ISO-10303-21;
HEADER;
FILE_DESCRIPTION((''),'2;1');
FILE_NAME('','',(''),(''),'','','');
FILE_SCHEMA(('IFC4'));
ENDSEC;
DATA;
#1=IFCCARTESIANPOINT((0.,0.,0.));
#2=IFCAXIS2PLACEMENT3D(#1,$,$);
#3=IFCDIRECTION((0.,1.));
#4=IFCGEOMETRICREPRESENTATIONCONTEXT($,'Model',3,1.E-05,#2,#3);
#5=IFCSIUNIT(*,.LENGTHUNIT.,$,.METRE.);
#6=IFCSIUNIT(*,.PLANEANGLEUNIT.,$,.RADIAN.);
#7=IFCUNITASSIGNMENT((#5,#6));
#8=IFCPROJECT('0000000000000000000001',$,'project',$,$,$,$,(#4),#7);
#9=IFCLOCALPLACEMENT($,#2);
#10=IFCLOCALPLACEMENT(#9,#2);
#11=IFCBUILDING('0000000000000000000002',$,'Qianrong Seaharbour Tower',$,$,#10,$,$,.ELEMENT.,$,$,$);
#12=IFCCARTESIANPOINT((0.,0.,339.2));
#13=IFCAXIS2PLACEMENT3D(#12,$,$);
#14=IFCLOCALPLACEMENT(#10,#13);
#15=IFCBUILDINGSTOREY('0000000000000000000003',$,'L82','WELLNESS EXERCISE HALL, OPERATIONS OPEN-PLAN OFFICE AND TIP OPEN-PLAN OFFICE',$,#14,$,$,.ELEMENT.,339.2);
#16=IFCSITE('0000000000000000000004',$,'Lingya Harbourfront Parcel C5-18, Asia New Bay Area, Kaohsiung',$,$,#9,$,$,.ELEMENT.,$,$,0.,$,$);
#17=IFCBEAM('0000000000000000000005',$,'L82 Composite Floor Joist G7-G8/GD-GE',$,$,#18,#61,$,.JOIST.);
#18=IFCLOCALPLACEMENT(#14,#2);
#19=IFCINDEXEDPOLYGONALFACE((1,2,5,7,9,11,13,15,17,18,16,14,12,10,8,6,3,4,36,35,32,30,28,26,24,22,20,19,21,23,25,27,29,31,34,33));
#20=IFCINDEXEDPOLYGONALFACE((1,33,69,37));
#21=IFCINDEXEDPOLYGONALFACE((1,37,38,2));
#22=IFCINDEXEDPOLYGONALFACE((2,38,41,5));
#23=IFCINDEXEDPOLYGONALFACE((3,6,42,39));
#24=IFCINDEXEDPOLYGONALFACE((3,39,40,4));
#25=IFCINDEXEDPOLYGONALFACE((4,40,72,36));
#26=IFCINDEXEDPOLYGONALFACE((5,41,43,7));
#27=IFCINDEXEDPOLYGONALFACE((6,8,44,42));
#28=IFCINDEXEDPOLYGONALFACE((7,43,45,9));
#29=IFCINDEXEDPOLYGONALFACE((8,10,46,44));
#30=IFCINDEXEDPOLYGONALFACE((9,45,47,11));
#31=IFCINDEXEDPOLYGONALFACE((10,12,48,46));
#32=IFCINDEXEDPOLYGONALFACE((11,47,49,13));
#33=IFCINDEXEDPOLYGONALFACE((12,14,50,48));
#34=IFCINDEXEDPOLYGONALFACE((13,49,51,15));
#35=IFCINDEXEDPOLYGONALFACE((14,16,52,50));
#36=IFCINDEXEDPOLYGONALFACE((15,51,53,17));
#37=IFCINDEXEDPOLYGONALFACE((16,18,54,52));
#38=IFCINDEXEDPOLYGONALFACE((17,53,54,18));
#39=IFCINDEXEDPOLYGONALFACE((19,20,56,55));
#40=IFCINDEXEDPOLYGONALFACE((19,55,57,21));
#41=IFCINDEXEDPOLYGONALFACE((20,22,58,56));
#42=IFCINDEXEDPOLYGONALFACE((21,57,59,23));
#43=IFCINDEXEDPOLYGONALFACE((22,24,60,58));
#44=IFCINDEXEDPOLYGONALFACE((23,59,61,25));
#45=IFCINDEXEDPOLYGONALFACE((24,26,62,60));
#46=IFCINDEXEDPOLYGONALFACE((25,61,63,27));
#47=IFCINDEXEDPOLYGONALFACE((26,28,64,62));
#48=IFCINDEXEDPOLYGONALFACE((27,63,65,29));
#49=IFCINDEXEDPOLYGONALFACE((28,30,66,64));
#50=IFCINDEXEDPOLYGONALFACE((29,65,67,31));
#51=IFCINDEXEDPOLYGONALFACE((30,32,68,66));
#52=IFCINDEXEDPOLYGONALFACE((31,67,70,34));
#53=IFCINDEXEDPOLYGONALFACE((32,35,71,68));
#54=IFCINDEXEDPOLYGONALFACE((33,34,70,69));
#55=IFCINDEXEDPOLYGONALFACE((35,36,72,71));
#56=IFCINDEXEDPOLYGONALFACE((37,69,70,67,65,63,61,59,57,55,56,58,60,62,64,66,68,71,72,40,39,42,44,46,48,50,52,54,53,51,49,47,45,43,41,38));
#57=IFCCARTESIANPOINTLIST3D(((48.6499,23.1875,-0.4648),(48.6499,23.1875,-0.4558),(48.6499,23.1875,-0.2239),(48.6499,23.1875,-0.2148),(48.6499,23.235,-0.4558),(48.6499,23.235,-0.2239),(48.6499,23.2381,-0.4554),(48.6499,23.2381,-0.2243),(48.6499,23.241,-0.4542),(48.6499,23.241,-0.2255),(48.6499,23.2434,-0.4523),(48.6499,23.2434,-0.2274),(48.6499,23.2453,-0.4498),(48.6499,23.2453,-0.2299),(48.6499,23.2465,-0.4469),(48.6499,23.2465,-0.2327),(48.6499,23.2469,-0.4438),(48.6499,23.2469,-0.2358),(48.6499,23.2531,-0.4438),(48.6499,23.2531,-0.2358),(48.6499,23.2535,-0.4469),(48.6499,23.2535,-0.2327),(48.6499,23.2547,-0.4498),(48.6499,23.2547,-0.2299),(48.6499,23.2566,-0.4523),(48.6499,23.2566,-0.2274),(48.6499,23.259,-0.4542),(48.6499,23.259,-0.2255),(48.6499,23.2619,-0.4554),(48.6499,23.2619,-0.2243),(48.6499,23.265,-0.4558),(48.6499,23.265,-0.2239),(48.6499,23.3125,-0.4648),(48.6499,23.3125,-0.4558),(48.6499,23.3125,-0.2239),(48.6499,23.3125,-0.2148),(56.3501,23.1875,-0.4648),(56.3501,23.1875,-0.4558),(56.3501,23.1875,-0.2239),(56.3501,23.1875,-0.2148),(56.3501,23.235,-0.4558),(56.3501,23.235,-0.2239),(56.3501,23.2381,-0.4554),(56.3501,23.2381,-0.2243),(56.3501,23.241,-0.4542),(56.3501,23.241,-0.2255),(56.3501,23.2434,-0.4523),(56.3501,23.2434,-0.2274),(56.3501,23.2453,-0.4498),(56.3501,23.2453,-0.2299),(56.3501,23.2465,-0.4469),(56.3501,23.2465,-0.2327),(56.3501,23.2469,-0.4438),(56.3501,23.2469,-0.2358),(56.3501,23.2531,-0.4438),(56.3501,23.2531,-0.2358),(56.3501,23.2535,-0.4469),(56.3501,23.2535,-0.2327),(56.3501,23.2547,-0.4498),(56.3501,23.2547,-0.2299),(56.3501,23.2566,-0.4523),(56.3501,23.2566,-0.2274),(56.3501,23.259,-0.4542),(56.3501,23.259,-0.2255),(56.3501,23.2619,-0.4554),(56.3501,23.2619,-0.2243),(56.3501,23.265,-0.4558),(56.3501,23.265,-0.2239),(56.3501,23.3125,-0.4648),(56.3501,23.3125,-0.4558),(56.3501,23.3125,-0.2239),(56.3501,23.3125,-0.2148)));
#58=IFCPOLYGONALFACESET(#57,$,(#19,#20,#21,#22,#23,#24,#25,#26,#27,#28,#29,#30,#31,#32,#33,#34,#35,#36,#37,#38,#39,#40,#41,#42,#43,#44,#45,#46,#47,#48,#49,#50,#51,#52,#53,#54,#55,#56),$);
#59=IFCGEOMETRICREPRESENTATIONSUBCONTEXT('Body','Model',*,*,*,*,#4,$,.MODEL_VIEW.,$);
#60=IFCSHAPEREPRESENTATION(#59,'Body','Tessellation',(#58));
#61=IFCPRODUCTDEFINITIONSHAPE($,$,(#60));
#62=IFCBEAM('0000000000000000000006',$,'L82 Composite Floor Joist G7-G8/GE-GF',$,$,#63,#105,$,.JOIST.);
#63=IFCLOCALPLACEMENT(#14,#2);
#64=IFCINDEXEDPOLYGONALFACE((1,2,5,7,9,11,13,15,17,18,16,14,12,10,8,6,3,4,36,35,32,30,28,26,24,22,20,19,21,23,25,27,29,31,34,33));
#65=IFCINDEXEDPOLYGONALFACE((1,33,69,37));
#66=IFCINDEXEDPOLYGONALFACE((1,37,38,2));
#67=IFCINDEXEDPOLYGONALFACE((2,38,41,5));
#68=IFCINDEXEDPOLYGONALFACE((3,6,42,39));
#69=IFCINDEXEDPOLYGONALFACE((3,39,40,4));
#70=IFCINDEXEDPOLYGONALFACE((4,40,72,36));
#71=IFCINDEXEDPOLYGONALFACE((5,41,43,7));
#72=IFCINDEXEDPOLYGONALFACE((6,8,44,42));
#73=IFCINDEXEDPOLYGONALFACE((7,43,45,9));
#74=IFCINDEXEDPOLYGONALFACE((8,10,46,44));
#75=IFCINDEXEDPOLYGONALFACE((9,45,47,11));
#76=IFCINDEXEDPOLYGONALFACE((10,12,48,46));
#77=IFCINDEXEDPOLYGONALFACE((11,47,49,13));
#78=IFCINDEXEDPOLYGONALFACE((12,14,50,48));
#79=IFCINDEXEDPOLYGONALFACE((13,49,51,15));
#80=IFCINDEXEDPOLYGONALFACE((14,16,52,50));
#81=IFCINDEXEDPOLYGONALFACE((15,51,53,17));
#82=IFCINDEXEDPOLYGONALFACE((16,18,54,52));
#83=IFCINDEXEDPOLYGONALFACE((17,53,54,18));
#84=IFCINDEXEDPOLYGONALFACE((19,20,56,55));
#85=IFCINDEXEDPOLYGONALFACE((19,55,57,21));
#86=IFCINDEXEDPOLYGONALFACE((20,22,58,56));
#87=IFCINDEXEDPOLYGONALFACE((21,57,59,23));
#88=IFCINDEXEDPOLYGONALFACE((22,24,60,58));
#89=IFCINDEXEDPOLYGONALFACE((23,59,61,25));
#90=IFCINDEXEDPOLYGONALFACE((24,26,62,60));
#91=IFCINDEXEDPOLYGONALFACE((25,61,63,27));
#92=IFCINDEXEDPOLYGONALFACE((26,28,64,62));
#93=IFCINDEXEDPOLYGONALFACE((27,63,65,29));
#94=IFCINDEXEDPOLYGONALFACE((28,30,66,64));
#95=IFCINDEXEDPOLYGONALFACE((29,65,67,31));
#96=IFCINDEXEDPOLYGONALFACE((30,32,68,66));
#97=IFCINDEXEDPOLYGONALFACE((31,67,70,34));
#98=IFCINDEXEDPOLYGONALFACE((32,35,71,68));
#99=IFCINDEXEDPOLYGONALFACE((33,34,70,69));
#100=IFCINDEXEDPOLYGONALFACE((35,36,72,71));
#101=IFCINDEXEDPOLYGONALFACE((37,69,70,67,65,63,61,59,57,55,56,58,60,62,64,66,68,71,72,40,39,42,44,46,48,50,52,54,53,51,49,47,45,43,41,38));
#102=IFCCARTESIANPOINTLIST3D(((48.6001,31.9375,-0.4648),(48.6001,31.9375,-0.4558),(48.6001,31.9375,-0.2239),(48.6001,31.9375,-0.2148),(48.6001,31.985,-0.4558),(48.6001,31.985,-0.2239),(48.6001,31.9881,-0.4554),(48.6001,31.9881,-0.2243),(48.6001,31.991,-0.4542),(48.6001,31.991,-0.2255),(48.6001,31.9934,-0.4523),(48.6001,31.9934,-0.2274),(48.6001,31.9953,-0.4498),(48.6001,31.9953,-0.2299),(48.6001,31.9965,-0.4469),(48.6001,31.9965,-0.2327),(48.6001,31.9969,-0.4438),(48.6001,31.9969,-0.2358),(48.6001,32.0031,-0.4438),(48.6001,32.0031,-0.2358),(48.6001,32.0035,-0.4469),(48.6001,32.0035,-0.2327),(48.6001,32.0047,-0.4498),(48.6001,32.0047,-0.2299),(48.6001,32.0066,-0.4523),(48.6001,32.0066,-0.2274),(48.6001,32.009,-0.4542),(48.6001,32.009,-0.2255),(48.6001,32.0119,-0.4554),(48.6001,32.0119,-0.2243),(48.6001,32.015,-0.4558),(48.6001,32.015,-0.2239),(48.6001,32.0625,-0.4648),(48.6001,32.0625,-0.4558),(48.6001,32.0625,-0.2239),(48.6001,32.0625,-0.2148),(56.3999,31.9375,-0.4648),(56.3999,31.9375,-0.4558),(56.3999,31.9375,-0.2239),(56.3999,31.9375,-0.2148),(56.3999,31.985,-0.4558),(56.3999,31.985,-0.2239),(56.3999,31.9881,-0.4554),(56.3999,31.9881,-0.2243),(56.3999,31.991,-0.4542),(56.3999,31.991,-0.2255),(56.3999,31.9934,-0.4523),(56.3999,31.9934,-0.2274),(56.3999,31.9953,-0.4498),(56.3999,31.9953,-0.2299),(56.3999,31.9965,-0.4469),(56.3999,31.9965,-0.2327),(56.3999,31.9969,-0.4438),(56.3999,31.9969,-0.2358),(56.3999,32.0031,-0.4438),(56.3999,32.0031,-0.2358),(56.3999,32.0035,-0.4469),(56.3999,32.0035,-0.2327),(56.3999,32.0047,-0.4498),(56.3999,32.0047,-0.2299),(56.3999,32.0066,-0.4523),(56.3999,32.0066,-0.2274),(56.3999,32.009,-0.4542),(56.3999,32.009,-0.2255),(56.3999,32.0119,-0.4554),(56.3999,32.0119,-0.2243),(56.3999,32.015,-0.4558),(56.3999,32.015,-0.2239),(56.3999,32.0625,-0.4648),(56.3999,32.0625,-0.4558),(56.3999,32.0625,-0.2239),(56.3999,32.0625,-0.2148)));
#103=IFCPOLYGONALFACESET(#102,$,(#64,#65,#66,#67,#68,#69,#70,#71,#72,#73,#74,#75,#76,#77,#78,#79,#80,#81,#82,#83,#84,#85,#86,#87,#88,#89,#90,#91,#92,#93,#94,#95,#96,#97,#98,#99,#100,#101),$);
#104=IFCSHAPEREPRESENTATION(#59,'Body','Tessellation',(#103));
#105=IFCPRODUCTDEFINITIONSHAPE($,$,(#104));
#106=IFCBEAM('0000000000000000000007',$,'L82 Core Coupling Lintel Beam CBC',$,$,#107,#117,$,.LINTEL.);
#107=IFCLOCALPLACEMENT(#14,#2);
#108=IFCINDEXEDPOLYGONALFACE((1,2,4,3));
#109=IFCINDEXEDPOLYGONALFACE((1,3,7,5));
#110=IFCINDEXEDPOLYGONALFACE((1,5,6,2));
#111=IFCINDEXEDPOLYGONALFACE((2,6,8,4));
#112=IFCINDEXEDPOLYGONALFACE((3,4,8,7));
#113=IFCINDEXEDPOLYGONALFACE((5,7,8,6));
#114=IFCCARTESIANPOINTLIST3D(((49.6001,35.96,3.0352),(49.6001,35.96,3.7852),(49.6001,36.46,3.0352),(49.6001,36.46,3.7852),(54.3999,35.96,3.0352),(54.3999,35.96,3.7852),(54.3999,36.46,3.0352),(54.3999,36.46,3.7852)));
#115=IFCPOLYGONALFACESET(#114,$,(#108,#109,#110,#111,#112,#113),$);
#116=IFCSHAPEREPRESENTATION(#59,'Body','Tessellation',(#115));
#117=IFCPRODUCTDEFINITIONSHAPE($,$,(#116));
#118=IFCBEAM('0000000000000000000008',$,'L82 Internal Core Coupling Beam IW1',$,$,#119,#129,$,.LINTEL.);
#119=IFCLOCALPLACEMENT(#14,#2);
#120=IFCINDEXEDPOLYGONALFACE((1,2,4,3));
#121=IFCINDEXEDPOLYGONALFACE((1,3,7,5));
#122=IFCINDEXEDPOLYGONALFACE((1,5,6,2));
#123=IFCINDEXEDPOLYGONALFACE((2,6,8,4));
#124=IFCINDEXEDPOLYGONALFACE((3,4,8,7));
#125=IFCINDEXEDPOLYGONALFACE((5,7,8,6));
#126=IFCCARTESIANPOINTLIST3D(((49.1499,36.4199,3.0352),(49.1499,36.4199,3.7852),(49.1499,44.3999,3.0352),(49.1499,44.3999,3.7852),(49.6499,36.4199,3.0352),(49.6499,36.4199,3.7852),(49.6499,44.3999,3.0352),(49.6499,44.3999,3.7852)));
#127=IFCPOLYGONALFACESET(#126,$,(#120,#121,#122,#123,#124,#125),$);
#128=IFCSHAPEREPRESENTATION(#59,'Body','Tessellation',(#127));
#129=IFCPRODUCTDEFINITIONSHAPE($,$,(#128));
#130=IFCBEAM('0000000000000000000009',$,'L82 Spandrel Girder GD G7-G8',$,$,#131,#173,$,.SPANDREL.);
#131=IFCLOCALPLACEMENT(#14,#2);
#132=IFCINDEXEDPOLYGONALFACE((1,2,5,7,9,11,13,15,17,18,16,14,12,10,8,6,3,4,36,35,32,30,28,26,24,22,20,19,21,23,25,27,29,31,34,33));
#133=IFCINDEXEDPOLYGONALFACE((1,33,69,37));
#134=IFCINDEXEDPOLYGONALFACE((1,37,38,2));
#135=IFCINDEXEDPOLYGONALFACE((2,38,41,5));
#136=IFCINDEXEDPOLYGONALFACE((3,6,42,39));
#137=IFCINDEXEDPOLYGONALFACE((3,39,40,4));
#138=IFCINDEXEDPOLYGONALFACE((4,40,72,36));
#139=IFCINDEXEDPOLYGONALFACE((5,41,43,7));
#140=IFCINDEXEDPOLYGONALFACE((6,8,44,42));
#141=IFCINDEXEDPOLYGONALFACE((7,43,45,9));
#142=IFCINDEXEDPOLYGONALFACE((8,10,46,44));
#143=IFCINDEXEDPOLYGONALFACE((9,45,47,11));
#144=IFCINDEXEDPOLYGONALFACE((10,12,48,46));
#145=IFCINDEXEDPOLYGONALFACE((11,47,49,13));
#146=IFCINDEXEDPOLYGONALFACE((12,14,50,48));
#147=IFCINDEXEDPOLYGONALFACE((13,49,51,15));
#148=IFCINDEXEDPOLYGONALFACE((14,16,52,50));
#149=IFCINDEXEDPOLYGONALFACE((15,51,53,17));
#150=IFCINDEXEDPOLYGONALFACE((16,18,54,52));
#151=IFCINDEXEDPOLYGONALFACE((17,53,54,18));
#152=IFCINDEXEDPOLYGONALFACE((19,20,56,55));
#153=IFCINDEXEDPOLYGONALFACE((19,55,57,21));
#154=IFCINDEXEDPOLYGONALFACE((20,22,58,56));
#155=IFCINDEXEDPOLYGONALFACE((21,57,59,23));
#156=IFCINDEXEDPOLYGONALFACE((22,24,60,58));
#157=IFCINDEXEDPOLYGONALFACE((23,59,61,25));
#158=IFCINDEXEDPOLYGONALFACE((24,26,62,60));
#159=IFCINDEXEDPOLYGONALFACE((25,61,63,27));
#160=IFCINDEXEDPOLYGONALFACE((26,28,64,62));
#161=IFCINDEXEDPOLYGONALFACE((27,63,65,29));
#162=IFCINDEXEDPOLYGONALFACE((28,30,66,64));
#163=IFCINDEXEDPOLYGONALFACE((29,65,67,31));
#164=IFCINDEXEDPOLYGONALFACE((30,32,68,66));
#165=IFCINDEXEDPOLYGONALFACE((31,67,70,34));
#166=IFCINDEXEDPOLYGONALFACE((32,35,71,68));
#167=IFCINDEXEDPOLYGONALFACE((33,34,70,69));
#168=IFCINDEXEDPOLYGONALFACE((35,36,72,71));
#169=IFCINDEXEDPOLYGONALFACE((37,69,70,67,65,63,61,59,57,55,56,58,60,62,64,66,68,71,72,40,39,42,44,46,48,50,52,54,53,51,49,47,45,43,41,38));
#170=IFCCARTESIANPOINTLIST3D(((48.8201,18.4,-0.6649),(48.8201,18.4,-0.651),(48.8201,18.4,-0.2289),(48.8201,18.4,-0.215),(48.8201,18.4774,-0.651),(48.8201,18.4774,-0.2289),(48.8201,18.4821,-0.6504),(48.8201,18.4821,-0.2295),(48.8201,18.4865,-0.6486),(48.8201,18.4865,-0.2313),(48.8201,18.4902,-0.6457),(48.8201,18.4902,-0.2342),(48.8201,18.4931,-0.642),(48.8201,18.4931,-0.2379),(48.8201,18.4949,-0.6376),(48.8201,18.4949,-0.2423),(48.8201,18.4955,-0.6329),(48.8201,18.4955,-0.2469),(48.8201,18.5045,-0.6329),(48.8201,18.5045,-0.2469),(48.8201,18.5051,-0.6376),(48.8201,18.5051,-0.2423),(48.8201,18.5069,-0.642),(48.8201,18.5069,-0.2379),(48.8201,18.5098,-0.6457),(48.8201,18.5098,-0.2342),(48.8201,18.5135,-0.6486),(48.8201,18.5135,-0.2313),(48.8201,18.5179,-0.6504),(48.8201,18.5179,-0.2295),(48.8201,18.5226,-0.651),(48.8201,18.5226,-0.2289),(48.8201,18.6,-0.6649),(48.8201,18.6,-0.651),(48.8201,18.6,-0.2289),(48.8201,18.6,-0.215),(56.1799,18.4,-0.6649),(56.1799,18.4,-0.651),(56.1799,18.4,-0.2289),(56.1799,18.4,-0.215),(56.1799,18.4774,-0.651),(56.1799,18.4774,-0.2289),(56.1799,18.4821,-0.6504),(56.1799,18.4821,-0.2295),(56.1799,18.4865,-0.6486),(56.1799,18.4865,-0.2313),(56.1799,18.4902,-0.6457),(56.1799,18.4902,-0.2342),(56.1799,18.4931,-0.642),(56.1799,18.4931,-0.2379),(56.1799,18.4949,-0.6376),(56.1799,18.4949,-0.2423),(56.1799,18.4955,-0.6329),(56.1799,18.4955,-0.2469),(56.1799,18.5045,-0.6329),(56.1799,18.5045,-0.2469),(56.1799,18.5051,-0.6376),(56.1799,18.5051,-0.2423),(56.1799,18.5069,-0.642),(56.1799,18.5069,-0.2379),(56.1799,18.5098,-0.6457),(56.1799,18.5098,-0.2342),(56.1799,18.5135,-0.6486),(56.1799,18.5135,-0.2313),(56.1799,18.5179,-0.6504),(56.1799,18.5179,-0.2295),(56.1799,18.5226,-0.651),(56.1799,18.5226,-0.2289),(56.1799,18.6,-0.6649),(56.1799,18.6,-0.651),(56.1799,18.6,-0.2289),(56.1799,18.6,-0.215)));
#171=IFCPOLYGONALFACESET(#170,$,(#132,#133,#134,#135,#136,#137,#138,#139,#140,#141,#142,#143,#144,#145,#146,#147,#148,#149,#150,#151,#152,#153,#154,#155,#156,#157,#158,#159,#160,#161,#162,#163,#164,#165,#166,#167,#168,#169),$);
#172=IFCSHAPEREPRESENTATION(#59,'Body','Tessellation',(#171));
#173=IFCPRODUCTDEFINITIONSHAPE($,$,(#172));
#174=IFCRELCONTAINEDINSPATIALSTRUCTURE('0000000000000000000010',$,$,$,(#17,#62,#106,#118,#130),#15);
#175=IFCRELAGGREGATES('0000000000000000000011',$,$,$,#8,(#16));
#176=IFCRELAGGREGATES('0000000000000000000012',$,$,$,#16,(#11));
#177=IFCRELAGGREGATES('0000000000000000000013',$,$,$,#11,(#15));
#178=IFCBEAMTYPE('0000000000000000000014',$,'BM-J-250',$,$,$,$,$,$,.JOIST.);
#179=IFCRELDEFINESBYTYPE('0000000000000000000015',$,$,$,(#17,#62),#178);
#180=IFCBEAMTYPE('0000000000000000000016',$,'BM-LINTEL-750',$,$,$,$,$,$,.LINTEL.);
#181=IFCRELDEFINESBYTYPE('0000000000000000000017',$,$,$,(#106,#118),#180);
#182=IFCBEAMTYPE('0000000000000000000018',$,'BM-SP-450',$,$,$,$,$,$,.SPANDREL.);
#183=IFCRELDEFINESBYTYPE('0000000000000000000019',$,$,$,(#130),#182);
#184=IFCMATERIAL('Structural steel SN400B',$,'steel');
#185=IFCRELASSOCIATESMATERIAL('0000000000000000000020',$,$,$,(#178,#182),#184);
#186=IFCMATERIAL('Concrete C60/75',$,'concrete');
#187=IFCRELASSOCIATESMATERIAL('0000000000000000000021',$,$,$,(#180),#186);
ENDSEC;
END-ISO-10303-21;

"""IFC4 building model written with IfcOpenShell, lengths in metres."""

from ifc_helpers import new_model, si_unit, direction, frame, origin, origin_2d, place, context, subcontext, project, spatial, rectangle, i_section, extrude, material, material_profile, profile_set, type_object, element, save


model = new_model("IFC4")

# Units and contexts
model_context = context("Model", 3, precision=1e-05, world=origin(), true_north=direction((0.0, 1.0)))
body_context = subcontext(model_context, "Body", "Model", "MODEL_VIEW")
ifc_project = project(units=[si_unit("LENGTHUNIT", "METRE"), si_unit("PLANEANGLEUNIT", "RADIAN")], contexts=[model_context])

# Site, building, storey
site_placement = place(None, origin())
site = spatial("IfcSite", under=ifc_project, at=site_placement, Name="Lingya Harbourfront Parcel C5-18, Asia New Bay Area, Kaohsiung", CompositionType="ELEMENT", RefElevation=0.0)
building_placement = place(site_placement, origin())
building = spatial("IfcBuilding", under=site, at=building_placement, Name="Qianrong Seaharbour Tower", CompositionType="ELEMENT")
storey_placement = place(building_placement, frame((0.0, 0.0, 339.2)))
storey = spatial("IfcBuildingStorey", under=building, at=storey_placement, Name="L82", Description="WELLNESS EXERCISE HALL, OPERATIONS OPEN-PLAN OFFICE AND TIP OPEN-PLAN OFFICE", CompositionType="ELEMENT", Elevation=339.2)

# Shared definitions
ifc_material_1 = material(Name="Structural steel SN400B", Category="steel")

# Beams
ifc_material_profile_1 = material_profile(ifc_material_1, i_section(OverallWidth=0.125, OverallDepth=0.25, WebThickness=0.0061, FlangeThickness=0.009, FilletRadius=0.012, at=origin_2d()), Name="H250x125x6x9")
ifc_profile_set_1 = profile_set([ifc_material_profile_1], Name="Structural steel SN400B")
beam_type_1 = type_object("IfcBeamType", Name="BM-J-250", PredefinedType="JOIST", material=ifc_profile_set_1)
beam_1_placement = place(storey_placement, frame((48.6499, 23.25, -0.3398), z_axis=(1.0, 0.0, 0.0), x_axis=(0.0, 1.0, 0.0)))
element("IfcBeam", 1, at=beam_1_placement, inside=storey, type_object=beam_type_1, Name="L82 Composite Floor Joist G7-G8/GD-GE", PredefinedType="JOIST", context=body_context, shape_type="SweptSolid", body=[
    extrude(i_section(OverallWidth=0.125, OverallDepth=0.25, WebThickness=0.0061, FlangeThickness=0.009, FilletRadius=0.012, at=origin_2d()), origin(), (0.0, 0.0, 1.0), 7.7002),
])
beam_2_placement = place(storey_placement, frame((48.6001, 32.0, -0.3398), z_axis=(1.0, 0.0, 0.0), x_axis=(0.0, 1.0, 0.0)))
element("IfcBeam", 2, at=beam_2_placement, inside=storey, type_object=beam_type_1, Name="L82 Composite Floor Joist G7-G8/GE-GF", PredefinedType="JOIST", context=body_context, shape_type="SweptSolid", body=[
    extrude(i_section(OverallWidth=0.125, OverallDepth=0.25, WebThickness=0.0061, FlangeThickness=0.009, FilletRadius=0.012, at=origin_2d()), origin(), (0.0, 0.0, 1.0), 7.7998),
])
ifc_material_2 = material(Name="Concrete C60/75", Category="concrete")
ifc_material_profile_2 = material_profile(ifc_material_2, rectangle(XDim=0.5, YDim=0.75, at=origin_2d()), Name="RC500x750")
ifc_profile_set_2 = profile_set([ifc_material_profile_2], Name="Concrete C60/75")
beam_type_2 = type_object("IfcBeamType", Name="BM-LINTEL-750", PredefinedType="LINTEL", material=ifc_profile_set_2)
beam_3_placement = place(storey_placement, frame((49.6001, 36.21, 3.4102), z_axis=(1.0, 0.0, 0.0), x_axis=(0.0, 1.0, 0.0)))
element("IfcBeam", 3, at=beam_3_placement, inside=storey, type_object=beam_type_2, Name="L82 Core Coupling Lintel Beam CBC", PredefinedType="LINTEL", context=body_context, shape_type="SweptSolid", body=[
    extrude(rectangle(XDim=0.5, YDim=0.75, at=origin_2d()), origin(), (0.0, 0.0, 1.0), 4.7998),
])
beam_4_placement = place(storey_placement, frame((49.3999, 36.4199, 3.4102), z_axis=(0.0, 1.0, 0.0), x_axis=(-1.0, 0.0, 0.0)))
element("IfcBeam", 4, at=beam_4_placement, inside=storey, type_object=beam_type_2, Name="L82 Internal Core Coupling Beam IW1", PredefinedType="LINTEL", context=body_context, shape_type="SweptSolid", body=[
    extrude(rectangle(XDim=0.5, YDim=0.75, at=origin_2d()), origin(), (0.0, 0.0, 1.0), 7.98),
])
ifc_material_profile_3 = material_profile(ifc_material_1, i_section(OverallWidth=0.2, OverallDepth=0.45, WebThickness=0.009, FlangeThickness=0.0139, FilletRadius=0.0181, at=origin_2d()), Name="H450x200x9x14")
ifc_profile_set_3 = profile_set([ifc_material_profile_3], Name="Structural steel SN400B")
beam_type_3 = type_object("IfcBeamType", Name="BM-SP-450", PredefinedType="SPANDREL", material=ifc_profile_set_3)
beam_5_placement = place(storey_placement, frame((48.8201, 18.5, -0.4399), z_axis=(1.0, 0.0, 0.0), x_axis=(0.0, 1.0, 0.0)))
element("IfcBeam", 5, at=beam_5_placement, inside=storey, type_object=beam_type_3, Name="L82 Spandrel Girder GD G7-G8", PredefinedType="SPANDREL", context=body_context, shape_type="SweptSolid", body=[
    extrude(i_section(OverallWidth=0.2, OverallDepth=0.45, WebThickness=0.009, FlangeThickness=0.0139, FilletRadius=0.0181, at=origin_2d()), origin(), (0.0, 0.0, 1.0), 7.3599),
])

save(model, "model.ifc")
